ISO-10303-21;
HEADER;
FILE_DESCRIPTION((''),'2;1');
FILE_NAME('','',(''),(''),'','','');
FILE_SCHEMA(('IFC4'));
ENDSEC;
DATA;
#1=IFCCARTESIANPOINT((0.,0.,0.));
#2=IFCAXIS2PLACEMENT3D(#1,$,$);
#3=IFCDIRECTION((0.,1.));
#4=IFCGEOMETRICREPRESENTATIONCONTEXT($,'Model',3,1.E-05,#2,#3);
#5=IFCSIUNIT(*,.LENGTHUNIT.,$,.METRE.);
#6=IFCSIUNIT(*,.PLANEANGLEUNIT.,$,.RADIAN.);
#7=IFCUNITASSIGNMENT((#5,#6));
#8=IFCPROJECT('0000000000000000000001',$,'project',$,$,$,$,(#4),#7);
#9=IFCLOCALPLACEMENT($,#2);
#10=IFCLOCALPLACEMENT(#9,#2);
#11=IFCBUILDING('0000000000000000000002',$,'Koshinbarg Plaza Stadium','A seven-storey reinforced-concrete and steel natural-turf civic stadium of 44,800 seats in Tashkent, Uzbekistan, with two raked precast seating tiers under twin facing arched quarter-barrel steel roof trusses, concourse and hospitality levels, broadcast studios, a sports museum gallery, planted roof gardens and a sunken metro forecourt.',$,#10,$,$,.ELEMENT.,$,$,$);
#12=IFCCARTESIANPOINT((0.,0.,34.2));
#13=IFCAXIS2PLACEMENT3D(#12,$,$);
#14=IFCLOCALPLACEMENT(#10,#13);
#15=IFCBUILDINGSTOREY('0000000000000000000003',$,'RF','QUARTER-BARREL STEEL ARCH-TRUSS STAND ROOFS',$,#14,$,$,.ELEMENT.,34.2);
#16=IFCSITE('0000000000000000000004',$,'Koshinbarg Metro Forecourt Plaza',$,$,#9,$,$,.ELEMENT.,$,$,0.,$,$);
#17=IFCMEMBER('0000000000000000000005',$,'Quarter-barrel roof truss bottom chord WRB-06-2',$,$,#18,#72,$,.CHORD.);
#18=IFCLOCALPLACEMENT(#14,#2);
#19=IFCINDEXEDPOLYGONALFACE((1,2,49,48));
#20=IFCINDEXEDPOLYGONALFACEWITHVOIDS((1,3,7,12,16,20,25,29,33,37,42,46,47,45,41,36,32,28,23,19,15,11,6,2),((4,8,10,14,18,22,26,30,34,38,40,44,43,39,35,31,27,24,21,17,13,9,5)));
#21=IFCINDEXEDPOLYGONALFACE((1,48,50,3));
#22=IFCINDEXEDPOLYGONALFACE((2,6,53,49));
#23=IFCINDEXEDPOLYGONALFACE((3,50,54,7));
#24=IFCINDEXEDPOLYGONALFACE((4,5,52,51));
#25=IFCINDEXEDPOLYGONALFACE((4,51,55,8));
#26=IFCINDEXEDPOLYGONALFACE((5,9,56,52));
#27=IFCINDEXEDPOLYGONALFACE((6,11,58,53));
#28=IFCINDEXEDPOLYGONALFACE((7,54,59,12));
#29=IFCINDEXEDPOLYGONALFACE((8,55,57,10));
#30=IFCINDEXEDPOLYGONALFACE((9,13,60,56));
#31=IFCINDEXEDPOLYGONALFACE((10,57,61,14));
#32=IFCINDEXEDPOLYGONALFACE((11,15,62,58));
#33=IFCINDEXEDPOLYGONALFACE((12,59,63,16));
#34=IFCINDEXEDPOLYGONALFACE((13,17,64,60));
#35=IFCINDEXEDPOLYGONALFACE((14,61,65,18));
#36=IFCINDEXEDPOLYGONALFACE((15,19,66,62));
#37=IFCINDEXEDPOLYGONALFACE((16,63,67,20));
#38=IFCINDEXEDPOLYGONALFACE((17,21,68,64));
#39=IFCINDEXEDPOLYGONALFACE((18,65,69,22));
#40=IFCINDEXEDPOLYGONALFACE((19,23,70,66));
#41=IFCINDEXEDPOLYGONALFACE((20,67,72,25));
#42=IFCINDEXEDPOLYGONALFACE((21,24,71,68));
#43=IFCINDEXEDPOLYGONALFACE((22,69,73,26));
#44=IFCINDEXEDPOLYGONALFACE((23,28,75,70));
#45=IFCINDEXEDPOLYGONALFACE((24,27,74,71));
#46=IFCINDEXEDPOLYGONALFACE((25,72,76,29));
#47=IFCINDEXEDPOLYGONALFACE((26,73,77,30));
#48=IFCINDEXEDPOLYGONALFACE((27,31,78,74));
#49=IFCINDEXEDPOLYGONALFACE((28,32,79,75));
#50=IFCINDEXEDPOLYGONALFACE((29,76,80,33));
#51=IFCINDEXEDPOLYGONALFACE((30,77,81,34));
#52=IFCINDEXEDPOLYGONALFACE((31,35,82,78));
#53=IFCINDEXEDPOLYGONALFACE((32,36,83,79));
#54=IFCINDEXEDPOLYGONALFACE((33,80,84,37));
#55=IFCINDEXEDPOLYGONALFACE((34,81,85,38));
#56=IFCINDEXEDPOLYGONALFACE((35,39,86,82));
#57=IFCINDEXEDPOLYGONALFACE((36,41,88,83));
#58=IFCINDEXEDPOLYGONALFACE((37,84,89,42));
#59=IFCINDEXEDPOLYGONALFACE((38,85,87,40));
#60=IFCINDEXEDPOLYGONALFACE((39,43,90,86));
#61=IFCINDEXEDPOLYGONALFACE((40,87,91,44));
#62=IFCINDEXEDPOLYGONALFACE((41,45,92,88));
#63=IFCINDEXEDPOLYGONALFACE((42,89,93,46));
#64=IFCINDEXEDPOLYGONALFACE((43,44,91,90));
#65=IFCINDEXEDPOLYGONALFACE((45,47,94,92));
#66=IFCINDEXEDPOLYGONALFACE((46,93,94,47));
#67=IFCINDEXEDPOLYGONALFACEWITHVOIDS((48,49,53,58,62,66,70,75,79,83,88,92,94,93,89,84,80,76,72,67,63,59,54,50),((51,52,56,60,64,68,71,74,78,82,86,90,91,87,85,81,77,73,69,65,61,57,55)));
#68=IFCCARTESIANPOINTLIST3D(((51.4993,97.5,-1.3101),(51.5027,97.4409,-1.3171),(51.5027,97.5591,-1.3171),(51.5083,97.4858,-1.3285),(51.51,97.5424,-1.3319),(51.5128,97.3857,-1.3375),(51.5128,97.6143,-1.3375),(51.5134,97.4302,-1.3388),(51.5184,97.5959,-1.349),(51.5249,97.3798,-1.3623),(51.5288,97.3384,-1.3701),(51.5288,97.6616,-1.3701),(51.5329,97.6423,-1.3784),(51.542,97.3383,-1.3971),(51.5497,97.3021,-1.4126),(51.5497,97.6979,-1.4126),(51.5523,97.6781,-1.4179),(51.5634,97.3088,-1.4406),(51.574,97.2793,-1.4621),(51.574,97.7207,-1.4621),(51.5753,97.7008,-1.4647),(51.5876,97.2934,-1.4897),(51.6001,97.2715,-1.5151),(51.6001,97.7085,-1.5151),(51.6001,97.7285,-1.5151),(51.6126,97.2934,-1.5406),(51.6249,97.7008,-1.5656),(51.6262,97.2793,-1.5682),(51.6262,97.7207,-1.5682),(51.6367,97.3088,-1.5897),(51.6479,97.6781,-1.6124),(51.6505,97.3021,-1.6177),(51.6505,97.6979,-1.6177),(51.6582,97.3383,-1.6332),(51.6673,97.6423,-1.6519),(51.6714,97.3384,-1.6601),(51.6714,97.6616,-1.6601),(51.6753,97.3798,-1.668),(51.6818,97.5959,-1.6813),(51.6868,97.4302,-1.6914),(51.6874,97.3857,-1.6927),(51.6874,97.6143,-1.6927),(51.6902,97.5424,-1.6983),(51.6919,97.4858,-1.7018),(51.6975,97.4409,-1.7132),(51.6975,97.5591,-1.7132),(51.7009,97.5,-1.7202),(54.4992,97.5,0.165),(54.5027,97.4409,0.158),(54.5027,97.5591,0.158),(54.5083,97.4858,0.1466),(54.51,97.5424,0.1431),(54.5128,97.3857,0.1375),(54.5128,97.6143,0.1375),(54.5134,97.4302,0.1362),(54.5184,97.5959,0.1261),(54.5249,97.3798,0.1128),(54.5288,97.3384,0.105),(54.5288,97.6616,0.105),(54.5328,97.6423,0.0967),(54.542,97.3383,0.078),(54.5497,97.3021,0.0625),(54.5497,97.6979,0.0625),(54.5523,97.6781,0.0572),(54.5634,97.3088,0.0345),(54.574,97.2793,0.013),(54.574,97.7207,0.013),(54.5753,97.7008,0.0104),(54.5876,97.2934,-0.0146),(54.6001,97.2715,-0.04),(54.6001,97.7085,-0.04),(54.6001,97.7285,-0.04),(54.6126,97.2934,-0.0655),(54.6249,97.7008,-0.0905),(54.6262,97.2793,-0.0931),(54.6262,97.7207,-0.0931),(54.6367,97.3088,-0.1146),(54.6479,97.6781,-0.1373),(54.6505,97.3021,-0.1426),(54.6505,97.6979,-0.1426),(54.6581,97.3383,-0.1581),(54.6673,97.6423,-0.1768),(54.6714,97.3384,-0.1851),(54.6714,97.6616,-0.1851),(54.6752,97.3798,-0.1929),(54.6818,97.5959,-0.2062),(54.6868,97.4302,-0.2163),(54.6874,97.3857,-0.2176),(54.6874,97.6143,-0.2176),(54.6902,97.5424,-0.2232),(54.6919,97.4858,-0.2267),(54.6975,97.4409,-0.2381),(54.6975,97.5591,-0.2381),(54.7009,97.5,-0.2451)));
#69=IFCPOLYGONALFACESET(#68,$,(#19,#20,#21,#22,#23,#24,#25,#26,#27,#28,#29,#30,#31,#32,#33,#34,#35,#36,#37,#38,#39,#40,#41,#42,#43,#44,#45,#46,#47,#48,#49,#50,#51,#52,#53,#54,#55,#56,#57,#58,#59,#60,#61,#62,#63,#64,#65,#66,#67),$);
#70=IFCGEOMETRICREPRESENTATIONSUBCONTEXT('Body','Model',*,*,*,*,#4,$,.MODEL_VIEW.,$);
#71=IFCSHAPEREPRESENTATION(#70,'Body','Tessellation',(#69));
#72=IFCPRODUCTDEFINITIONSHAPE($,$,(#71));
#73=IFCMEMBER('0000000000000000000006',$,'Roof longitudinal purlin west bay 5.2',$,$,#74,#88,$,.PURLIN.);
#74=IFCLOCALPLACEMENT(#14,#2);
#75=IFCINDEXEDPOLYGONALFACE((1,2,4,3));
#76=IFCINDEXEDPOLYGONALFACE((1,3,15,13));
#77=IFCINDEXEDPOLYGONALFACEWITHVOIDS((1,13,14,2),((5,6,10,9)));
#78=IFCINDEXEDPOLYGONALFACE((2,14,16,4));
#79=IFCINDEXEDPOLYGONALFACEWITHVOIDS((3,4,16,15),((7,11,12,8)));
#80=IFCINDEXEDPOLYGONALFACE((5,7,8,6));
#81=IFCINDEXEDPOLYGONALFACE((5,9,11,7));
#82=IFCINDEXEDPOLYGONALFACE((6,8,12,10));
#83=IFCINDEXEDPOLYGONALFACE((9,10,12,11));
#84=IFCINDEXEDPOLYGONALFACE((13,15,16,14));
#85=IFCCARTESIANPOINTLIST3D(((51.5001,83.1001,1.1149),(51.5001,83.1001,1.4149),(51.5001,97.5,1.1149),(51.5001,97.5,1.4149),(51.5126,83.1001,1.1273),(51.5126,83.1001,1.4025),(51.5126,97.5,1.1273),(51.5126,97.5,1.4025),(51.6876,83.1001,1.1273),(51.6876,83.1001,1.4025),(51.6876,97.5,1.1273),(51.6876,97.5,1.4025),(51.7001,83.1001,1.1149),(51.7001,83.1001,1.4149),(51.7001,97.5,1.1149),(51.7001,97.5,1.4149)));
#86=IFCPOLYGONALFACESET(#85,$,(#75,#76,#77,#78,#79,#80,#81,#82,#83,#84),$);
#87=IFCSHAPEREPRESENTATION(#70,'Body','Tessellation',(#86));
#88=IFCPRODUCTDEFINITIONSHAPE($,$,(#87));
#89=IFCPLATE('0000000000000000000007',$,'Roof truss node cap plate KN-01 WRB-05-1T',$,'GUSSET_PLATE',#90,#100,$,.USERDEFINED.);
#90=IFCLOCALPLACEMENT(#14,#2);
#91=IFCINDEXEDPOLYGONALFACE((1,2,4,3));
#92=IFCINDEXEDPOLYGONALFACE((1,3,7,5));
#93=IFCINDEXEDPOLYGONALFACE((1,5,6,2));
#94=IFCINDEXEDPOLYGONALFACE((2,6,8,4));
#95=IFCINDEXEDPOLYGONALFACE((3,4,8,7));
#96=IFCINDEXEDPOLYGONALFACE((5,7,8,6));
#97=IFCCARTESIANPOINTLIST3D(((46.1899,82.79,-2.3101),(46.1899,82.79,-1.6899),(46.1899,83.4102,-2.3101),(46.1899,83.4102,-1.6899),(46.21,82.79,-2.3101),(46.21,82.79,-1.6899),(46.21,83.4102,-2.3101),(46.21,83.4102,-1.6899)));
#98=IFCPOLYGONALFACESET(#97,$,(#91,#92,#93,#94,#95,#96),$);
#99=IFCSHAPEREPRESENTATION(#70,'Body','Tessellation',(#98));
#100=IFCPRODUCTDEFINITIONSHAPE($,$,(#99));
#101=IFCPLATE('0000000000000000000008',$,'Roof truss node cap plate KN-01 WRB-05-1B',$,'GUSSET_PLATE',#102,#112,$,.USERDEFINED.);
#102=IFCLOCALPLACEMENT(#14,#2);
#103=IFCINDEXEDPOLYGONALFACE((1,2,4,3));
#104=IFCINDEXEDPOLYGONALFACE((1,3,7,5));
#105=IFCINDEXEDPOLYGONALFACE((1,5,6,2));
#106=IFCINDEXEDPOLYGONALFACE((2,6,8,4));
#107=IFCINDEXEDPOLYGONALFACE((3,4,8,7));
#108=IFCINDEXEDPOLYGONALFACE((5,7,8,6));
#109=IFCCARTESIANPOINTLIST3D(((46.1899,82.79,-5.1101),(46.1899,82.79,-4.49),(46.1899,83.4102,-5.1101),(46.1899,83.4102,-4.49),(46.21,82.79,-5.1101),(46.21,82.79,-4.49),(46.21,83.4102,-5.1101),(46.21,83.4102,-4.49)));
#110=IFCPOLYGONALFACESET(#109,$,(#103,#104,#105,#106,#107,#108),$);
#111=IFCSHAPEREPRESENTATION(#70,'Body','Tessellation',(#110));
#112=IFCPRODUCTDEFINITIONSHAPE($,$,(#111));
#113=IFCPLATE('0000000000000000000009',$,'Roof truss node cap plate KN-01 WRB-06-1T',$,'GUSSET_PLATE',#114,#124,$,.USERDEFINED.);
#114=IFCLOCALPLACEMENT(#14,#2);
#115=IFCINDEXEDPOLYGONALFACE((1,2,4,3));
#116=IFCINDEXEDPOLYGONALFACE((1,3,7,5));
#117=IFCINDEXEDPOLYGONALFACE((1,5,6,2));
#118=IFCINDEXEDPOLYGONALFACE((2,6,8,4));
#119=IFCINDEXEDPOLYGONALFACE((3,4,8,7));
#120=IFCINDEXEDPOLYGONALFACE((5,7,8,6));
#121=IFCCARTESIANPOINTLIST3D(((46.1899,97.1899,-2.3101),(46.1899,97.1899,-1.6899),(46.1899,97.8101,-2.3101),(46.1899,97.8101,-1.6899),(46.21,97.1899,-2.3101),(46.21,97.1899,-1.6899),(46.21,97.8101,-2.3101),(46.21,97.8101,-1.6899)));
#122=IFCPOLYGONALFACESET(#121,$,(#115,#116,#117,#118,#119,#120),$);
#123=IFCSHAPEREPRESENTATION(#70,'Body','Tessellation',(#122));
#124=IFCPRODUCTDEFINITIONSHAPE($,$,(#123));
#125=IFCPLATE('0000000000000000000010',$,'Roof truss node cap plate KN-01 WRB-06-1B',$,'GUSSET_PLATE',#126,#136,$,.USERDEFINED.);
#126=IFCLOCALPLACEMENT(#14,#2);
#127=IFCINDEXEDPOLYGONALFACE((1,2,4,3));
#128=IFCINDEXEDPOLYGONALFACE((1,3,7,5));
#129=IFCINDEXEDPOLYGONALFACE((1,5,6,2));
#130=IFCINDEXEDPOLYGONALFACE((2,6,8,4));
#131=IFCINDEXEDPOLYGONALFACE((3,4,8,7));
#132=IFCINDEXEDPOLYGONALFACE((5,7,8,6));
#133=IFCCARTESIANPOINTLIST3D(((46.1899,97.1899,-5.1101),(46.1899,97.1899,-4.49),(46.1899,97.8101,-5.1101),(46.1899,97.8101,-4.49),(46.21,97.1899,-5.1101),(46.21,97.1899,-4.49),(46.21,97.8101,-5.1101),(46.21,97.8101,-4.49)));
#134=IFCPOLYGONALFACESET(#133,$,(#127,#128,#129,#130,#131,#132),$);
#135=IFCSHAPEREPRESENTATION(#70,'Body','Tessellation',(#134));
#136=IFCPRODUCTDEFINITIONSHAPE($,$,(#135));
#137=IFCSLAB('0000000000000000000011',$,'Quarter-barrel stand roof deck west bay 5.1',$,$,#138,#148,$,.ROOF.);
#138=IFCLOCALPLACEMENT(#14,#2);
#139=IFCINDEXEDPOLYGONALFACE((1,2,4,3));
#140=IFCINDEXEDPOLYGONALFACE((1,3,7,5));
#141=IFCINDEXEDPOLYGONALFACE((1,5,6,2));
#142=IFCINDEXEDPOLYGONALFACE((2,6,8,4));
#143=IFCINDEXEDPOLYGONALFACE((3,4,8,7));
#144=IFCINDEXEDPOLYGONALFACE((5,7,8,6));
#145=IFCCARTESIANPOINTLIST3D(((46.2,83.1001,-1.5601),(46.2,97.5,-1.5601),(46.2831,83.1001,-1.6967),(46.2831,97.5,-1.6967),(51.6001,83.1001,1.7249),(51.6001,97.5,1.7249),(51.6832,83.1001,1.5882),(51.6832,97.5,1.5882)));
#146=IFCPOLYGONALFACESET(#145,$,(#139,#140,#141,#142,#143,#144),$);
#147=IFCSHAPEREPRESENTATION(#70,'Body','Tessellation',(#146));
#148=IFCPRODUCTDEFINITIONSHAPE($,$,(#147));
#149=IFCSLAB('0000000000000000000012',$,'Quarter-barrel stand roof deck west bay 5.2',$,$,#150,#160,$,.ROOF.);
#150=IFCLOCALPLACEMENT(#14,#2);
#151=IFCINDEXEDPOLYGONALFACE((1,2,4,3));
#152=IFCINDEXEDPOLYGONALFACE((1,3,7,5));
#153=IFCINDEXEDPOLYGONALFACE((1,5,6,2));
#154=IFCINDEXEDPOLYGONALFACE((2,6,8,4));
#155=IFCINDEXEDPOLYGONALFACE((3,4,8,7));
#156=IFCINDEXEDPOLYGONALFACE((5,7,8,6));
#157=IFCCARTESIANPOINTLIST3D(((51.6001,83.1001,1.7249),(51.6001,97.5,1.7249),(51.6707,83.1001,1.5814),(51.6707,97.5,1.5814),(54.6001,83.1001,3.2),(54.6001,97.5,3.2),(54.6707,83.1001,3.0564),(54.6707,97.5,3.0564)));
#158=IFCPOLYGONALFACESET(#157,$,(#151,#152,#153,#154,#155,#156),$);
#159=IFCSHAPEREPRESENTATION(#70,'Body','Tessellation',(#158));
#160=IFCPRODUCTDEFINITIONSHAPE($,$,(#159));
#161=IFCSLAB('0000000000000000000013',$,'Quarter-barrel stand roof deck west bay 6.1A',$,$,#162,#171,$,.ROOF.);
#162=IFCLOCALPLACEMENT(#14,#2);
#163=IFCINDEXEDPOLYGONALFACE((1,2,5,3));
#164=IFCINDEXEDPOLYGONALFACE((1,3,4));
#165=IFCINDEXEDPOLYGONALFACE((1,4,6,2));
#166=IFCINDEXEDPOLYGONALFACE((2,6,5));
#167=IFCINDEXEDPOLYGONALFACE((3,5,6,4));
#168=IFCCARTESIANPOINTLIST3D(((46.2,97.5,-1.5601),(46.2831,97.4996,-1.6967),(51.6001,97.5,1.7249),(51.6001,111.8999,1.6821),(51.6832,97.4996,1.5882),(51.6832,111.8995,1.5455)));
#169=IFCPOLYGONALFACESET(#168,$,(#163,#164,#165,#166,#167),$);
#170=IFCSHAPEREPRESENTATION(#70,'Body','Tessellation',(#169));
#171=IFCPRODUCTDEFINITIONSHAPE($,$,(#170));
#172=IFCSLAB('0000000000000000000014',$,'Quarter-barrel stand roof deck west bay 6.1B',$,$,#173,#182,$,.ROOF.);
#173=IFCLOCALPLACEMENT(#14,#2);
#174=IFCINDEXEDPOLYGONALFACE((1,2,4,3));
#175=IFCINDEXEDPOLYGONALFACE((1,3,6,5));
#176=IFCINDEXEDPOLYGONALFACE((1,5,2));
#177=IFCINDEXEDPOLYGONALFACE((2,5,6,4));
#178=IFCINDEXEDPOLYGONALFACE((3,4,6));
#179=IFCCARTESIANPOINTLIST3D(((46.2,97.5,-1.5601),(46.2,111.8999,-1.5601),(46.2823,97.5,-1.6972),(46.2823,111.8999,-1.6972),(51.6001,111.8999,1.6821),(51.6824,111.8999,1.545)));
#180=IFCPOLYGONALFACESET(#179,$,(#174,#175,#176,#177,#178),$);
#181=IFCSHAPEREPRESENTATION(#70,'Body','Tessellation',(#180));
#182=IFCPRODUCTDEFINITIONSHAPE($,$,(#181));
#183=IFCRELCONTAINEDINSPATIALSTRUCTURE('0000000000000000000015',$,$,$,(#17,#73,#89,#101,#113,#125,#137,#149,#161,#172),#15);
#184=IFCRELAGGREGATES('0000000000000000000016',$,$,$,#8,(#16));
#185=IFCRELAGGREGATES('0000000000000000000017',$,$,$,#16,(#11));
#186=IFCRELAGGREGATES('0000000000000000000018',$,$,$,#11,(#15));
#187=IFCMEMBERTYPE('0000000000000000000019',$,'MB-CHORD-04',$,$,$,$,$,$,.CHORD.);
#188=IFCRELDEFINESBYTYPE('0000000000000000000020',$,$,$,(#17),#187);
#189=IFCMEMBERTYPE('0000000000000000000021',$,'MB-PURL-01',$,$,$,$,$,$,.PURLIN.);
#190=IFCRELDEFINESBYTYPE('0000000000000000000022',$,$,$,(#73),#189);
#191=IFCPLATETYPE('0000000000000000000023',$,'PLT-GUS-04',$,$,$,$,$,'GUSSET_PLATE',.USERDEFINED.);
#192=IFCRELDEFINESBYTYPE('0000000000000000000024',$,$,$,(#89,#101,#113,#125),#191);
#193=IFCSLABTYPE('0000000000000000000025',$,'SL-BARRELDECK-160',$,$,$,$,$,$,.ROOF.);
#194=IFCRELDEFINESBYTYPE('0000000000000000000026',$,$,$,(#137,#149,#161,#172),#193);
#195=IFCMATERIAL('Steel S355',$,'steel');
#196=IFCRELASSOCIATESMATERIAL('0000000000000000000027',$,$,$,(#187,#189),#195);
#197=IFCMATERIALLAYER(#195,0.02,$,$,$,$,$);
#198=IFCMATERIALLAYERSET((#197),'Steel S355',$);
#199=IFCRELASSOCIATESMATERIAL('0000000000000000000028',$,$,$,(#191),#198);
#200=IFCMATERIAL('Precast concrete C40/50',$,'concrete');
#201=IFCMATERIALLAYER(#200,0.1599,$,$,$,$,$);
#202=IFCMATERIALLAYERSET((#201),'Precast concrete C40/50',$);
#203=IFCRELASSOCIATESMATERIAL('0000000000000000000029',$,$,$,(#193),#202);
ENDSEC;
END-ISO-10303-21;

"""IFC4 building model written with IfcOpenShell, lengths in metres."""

from ifc_helpers import new_model, si_unit, direction, frame, origin, origin_2d, place, context, subcontext, project, spatial, polyline, rectangle, hollow_rectangle, hollow_circle, outline, extrude, material, layer, layer_set, material_profile, profile_set, type_object, element, save


model = new_model("IFC4")

# Units and contexts
model_context = context("Model", 3, precision=1e-05, world=origin(), true_north=direction((0.0, 1.0)))
body_context = subcontext(model_context, "Body", "Model", "MODEL_VIEW")
ifc_project = project(units=[si_unit("LENGTHUNIT", "METRE"), si_unit("PLANEANGLEUNIT", "RADIAN")], contexts=[model_context])

# Site, building, storey
site_placement = place(None, origin())
site = spatial("IfcSite", under=ifc_project, at=site_placement, Name="Koshinbarg Metro Forecourt Plaza", CompositionType="ELEMENT", RefElevation=0.0)
building_placement = place(site_placement, origin())
building = spatial("IfcBuilding", under=site, at=building_placement, Name="Koshinbarg Plaza Stadium", Description="A seven-storey reinforced-concrete and steel natural-turf civic stadium of 44,800 seats in Tashkent, Uzbekistan, with two raked precast seating tiers under twin facing arched quarter-barrel steel roof trusses, concourse and hospitality levels, broadcast studios, a sports museum gallery, planted roof gardens and a sunken metro forecourt.", CompositionType="ELEMENT")
storey_placement = place(building_placement, frame((0.0, 0.0, 34.2)))
storey = spatial("IfcBuildingStorey", under=building, at=storey_placement, Name="RF", Description="QUARTER-BARREL STEEL ARCH-TRUSS STAND ROOFS", CompositionType="ELEMENT", Elevation=34.2)

# Shared definitions
ifc_material_1 = material(Name="Steel S355", Category="steel")

# Members
ifc_material_profile_1 = material_profile(ifc_material_1, hollow_circle(Radius=0.2285, WallThickness=0.02, at=origin_2d()), Name="CHS 457x20")
ifc_profile_set_1 = profile_set([ifc_material_profile_1], Name="Steel S355")
member_type_1 = type_object("IfcMemberType", Name="MB-CHORD-04", PredefinedType="CHORD", material=ifc_profile_set_1)
for number, where, z_axis, x_axis, name in (
    (1, (51.6001, 97.5, -1.5151), (0.897387, 0.0, 0.441244), (0.0, 1.0, 0.0), "Quarter-barrel roof truss bottom chord WRB-06-2"),
):
    element("IfcMember", number, at=place(storey_placement, frame(where, z_axis=z_axis, x_axis=x_axis)), inside=storey, type_object=member_type_1, Name=name, PredefinedType="CHORD", context=body_context, shape_type="SweptSolid", body=[
        extrude(hollow_circle(Radius=0.2285, WallThickness=0.02, at=origin_2d()), origin(), (0.0, 0.0, 1.0), 3.343),
    ])
ifc_material_profile_2 = material_profile(ifc_material_1, hollow_rectangle(XDim=0.2, YDim=0.3, WallThickness=0.0125, at=origin_2d()), Name="RHS 300x200x12.5")
ifc_profile_set_2 = profile_set([ifc_material_profile_2], Name="Steel S355")
member_type_2 = type_object("IfcMemberType", Name="MB-PURL-01", PredefinedType="PURLIN", material=ifc_profile_set_2)
member_1_placement = place(storey_placement, frame((51.6001, 83.1001, 1.2649), z_axis=(0.0, 1.0, 0.0), x_axis=(-1.0, 0.0, 0.0)))
element("IfcMember", 2, at=member_1_placement, inside=storey, type_object=member_type_2, Name="Roof longitudinal purlin west bay 5.2", PredefinedType="PURLIN", context=body_context, shape_type="SweptSolid", body=[
    extrude(hollow_rectangle(XDim=0.2, YDim=0.3, WallThickness=0.0125, at=origin_2d()), origin(), (0.0, 0.0, 1.0), 14.3999),
])

# Plates
ifc_layer_1 = layer(ifc_material_1, 0.02)
ifc_layer_set_1 = layer_set([ifc_layer_1], Name="Steel S355")
plate_type = type_object("IfcPlateType", Name="PLT-GUS-04", ElementType="GUSSET_PLATE", PredefinedType="USERDEFINED", material=ifc_layer_set_1)
for number, where, z_axis, x_axis, name in (
    (3, (46.2, 83.1001, -2.3101), (0.0, 0.0, 1.0), (1.0, 0.0, 0.0), "Roof truss node cap plate KN-01 WRB-05-1T"),
    (4, (46.2, 83.1001, -5.1101), (0.0, 0.0, 1.0), (1.0, 0.0, 0.0), "Roof truss node cap plate KN-01 WRB-05-1B"),
    (5, (46.2, 97.5, -2.3101), (0.0, 0.0, 1.0), (1.0, 0.0, 0.0), "Roof truss node cap plate KN-01 WRB-06-1T"),
    (6, (46.2, 97.5, -5.1101), (0.0, 0.0, 1.0), (1.0, 0.0, 0.0), "Roof truss node cap plate KN-01 WRB-06-1B"),
):
    element("IfcPlate", number, at=place(storey_placement, frame(where, z_axis=z_axis, x_axis=x_axis)), inside=storey, type_object=plate_type, Name=name, ObjectType="GUSSET_PLATE", PredefinedType="USERDEFINED", context=body_context, shape_type="SweptSolid", body=[
        extrude(rectangle(XDim=0.02, YDim=0.6201, at=origin_2d()), origin(), (0.0, 0.0, 1.0), 0.6201),
    ])

# Slabs
ifc_material_2 = material(Name="Precast concrete C40/50", Category="concrete")
ifc_layer_2 = layer(ifc_material_2, 0.1599)
ifc_layer_set_2 = layer_set([ifc_layer_2], Name="Precast concrete C40/50")
slab_type = type_object("IfcSlabType", Name="SL-BARRELDECK-160", PredefinedType="ROOF", material=ifc_layer_set_2)
slab_1_placement = place(storey_placement, frame((46.2, 83.1001, -1.5601), z_axis=(-0.519701, 0.0, 0.854348), x_axis=(0.854348, 0.0, 0.519701)))
element("IfcSlab", 7, at=slab_1_placement, inside=storey, type_object=slab_type, Name="Quarter-barrel stand roof deck west bay 5.1", PredefinedType="ROOF", context=body_context, shape_type="SweptSolid", body=[
    extrude(outline(polyline([(0.0, 0.0), (6.3208, 0.0), (6.3208, 14.3999), (0.0, 14.3999), (0.0, 0.0)])), origin(), (0.0, 0.0, -1.0), 0.1599),
])
slab_2_placement = place(storey_placement, frame((51.6001, 83.1001, 1.7249), z_axis=(-0.441244, 0.0, 0.897387), x_axis=(0.897387, 0.0, 0.441244)))
element("IfcSlab", 8, at=slab_2_placement, inside=storey, type_object=slab_type, Name="Quarter-barrel stand roof deck west bay 5.2", PredefinedType="ROOF", context=body_context, shape_type="SweptSolid", body=[
    extrude(outline(polyline([(0.0, 0.0), (3.343, 0.0), (3.343, 14.3999), (0.0, 14.3999), (0.0, 0.0)])), origin(), (0.0, 0.0, -1.0), 0.1599),
])
slab_3_placement = place(storey_placement, frame((46.2, 97.5, -1.5601), z_axis=(-0.519699, 0.002535, 0.854346), x_axis=(0.854348, 0.0, 0.519701)))
element("IfcSlab", 9, at=slab_3_placement, inside=storey, type_object=slab_type, Name="Quarter-barrel stand roof deck west bay 6.1A", PredefinedType="ROOF", context=body_context, shape_type="SweptSolid", body=[
    extrude(outline(polyline([(0.0, 0.0), (6.3208, 0.0), (6.2986, 14.3999), (0.0, 0.0)])), origin(), (0.0, 0.0, -1.0), 0.1599),
])
slab_4_placement = place(storey_placement, frame((46.2, 97.5, -1.5601), z_axis=(-0.514741, 0.0, 0.857346), x_axis=(0.343582, 0.916187, 0.206283)))
element("IfcSlab", 10, at=slab_4_placement, inside=storey, type_object=slab_type, Name="Quarter-barrel stand roof deck west bay 6.1B", PredefinedType="ROOF", context=body_context, shape_type="SweptSolid", body=[
    extrude(outline(polyline([(0.0, 0.0), (15.7172, 0.0), (13.193, 5.7708), (0.0, 0.0)])), origin(), (0.0, 0.0, -1.0), 0.1599),
])

save(model, "model.ifc")
